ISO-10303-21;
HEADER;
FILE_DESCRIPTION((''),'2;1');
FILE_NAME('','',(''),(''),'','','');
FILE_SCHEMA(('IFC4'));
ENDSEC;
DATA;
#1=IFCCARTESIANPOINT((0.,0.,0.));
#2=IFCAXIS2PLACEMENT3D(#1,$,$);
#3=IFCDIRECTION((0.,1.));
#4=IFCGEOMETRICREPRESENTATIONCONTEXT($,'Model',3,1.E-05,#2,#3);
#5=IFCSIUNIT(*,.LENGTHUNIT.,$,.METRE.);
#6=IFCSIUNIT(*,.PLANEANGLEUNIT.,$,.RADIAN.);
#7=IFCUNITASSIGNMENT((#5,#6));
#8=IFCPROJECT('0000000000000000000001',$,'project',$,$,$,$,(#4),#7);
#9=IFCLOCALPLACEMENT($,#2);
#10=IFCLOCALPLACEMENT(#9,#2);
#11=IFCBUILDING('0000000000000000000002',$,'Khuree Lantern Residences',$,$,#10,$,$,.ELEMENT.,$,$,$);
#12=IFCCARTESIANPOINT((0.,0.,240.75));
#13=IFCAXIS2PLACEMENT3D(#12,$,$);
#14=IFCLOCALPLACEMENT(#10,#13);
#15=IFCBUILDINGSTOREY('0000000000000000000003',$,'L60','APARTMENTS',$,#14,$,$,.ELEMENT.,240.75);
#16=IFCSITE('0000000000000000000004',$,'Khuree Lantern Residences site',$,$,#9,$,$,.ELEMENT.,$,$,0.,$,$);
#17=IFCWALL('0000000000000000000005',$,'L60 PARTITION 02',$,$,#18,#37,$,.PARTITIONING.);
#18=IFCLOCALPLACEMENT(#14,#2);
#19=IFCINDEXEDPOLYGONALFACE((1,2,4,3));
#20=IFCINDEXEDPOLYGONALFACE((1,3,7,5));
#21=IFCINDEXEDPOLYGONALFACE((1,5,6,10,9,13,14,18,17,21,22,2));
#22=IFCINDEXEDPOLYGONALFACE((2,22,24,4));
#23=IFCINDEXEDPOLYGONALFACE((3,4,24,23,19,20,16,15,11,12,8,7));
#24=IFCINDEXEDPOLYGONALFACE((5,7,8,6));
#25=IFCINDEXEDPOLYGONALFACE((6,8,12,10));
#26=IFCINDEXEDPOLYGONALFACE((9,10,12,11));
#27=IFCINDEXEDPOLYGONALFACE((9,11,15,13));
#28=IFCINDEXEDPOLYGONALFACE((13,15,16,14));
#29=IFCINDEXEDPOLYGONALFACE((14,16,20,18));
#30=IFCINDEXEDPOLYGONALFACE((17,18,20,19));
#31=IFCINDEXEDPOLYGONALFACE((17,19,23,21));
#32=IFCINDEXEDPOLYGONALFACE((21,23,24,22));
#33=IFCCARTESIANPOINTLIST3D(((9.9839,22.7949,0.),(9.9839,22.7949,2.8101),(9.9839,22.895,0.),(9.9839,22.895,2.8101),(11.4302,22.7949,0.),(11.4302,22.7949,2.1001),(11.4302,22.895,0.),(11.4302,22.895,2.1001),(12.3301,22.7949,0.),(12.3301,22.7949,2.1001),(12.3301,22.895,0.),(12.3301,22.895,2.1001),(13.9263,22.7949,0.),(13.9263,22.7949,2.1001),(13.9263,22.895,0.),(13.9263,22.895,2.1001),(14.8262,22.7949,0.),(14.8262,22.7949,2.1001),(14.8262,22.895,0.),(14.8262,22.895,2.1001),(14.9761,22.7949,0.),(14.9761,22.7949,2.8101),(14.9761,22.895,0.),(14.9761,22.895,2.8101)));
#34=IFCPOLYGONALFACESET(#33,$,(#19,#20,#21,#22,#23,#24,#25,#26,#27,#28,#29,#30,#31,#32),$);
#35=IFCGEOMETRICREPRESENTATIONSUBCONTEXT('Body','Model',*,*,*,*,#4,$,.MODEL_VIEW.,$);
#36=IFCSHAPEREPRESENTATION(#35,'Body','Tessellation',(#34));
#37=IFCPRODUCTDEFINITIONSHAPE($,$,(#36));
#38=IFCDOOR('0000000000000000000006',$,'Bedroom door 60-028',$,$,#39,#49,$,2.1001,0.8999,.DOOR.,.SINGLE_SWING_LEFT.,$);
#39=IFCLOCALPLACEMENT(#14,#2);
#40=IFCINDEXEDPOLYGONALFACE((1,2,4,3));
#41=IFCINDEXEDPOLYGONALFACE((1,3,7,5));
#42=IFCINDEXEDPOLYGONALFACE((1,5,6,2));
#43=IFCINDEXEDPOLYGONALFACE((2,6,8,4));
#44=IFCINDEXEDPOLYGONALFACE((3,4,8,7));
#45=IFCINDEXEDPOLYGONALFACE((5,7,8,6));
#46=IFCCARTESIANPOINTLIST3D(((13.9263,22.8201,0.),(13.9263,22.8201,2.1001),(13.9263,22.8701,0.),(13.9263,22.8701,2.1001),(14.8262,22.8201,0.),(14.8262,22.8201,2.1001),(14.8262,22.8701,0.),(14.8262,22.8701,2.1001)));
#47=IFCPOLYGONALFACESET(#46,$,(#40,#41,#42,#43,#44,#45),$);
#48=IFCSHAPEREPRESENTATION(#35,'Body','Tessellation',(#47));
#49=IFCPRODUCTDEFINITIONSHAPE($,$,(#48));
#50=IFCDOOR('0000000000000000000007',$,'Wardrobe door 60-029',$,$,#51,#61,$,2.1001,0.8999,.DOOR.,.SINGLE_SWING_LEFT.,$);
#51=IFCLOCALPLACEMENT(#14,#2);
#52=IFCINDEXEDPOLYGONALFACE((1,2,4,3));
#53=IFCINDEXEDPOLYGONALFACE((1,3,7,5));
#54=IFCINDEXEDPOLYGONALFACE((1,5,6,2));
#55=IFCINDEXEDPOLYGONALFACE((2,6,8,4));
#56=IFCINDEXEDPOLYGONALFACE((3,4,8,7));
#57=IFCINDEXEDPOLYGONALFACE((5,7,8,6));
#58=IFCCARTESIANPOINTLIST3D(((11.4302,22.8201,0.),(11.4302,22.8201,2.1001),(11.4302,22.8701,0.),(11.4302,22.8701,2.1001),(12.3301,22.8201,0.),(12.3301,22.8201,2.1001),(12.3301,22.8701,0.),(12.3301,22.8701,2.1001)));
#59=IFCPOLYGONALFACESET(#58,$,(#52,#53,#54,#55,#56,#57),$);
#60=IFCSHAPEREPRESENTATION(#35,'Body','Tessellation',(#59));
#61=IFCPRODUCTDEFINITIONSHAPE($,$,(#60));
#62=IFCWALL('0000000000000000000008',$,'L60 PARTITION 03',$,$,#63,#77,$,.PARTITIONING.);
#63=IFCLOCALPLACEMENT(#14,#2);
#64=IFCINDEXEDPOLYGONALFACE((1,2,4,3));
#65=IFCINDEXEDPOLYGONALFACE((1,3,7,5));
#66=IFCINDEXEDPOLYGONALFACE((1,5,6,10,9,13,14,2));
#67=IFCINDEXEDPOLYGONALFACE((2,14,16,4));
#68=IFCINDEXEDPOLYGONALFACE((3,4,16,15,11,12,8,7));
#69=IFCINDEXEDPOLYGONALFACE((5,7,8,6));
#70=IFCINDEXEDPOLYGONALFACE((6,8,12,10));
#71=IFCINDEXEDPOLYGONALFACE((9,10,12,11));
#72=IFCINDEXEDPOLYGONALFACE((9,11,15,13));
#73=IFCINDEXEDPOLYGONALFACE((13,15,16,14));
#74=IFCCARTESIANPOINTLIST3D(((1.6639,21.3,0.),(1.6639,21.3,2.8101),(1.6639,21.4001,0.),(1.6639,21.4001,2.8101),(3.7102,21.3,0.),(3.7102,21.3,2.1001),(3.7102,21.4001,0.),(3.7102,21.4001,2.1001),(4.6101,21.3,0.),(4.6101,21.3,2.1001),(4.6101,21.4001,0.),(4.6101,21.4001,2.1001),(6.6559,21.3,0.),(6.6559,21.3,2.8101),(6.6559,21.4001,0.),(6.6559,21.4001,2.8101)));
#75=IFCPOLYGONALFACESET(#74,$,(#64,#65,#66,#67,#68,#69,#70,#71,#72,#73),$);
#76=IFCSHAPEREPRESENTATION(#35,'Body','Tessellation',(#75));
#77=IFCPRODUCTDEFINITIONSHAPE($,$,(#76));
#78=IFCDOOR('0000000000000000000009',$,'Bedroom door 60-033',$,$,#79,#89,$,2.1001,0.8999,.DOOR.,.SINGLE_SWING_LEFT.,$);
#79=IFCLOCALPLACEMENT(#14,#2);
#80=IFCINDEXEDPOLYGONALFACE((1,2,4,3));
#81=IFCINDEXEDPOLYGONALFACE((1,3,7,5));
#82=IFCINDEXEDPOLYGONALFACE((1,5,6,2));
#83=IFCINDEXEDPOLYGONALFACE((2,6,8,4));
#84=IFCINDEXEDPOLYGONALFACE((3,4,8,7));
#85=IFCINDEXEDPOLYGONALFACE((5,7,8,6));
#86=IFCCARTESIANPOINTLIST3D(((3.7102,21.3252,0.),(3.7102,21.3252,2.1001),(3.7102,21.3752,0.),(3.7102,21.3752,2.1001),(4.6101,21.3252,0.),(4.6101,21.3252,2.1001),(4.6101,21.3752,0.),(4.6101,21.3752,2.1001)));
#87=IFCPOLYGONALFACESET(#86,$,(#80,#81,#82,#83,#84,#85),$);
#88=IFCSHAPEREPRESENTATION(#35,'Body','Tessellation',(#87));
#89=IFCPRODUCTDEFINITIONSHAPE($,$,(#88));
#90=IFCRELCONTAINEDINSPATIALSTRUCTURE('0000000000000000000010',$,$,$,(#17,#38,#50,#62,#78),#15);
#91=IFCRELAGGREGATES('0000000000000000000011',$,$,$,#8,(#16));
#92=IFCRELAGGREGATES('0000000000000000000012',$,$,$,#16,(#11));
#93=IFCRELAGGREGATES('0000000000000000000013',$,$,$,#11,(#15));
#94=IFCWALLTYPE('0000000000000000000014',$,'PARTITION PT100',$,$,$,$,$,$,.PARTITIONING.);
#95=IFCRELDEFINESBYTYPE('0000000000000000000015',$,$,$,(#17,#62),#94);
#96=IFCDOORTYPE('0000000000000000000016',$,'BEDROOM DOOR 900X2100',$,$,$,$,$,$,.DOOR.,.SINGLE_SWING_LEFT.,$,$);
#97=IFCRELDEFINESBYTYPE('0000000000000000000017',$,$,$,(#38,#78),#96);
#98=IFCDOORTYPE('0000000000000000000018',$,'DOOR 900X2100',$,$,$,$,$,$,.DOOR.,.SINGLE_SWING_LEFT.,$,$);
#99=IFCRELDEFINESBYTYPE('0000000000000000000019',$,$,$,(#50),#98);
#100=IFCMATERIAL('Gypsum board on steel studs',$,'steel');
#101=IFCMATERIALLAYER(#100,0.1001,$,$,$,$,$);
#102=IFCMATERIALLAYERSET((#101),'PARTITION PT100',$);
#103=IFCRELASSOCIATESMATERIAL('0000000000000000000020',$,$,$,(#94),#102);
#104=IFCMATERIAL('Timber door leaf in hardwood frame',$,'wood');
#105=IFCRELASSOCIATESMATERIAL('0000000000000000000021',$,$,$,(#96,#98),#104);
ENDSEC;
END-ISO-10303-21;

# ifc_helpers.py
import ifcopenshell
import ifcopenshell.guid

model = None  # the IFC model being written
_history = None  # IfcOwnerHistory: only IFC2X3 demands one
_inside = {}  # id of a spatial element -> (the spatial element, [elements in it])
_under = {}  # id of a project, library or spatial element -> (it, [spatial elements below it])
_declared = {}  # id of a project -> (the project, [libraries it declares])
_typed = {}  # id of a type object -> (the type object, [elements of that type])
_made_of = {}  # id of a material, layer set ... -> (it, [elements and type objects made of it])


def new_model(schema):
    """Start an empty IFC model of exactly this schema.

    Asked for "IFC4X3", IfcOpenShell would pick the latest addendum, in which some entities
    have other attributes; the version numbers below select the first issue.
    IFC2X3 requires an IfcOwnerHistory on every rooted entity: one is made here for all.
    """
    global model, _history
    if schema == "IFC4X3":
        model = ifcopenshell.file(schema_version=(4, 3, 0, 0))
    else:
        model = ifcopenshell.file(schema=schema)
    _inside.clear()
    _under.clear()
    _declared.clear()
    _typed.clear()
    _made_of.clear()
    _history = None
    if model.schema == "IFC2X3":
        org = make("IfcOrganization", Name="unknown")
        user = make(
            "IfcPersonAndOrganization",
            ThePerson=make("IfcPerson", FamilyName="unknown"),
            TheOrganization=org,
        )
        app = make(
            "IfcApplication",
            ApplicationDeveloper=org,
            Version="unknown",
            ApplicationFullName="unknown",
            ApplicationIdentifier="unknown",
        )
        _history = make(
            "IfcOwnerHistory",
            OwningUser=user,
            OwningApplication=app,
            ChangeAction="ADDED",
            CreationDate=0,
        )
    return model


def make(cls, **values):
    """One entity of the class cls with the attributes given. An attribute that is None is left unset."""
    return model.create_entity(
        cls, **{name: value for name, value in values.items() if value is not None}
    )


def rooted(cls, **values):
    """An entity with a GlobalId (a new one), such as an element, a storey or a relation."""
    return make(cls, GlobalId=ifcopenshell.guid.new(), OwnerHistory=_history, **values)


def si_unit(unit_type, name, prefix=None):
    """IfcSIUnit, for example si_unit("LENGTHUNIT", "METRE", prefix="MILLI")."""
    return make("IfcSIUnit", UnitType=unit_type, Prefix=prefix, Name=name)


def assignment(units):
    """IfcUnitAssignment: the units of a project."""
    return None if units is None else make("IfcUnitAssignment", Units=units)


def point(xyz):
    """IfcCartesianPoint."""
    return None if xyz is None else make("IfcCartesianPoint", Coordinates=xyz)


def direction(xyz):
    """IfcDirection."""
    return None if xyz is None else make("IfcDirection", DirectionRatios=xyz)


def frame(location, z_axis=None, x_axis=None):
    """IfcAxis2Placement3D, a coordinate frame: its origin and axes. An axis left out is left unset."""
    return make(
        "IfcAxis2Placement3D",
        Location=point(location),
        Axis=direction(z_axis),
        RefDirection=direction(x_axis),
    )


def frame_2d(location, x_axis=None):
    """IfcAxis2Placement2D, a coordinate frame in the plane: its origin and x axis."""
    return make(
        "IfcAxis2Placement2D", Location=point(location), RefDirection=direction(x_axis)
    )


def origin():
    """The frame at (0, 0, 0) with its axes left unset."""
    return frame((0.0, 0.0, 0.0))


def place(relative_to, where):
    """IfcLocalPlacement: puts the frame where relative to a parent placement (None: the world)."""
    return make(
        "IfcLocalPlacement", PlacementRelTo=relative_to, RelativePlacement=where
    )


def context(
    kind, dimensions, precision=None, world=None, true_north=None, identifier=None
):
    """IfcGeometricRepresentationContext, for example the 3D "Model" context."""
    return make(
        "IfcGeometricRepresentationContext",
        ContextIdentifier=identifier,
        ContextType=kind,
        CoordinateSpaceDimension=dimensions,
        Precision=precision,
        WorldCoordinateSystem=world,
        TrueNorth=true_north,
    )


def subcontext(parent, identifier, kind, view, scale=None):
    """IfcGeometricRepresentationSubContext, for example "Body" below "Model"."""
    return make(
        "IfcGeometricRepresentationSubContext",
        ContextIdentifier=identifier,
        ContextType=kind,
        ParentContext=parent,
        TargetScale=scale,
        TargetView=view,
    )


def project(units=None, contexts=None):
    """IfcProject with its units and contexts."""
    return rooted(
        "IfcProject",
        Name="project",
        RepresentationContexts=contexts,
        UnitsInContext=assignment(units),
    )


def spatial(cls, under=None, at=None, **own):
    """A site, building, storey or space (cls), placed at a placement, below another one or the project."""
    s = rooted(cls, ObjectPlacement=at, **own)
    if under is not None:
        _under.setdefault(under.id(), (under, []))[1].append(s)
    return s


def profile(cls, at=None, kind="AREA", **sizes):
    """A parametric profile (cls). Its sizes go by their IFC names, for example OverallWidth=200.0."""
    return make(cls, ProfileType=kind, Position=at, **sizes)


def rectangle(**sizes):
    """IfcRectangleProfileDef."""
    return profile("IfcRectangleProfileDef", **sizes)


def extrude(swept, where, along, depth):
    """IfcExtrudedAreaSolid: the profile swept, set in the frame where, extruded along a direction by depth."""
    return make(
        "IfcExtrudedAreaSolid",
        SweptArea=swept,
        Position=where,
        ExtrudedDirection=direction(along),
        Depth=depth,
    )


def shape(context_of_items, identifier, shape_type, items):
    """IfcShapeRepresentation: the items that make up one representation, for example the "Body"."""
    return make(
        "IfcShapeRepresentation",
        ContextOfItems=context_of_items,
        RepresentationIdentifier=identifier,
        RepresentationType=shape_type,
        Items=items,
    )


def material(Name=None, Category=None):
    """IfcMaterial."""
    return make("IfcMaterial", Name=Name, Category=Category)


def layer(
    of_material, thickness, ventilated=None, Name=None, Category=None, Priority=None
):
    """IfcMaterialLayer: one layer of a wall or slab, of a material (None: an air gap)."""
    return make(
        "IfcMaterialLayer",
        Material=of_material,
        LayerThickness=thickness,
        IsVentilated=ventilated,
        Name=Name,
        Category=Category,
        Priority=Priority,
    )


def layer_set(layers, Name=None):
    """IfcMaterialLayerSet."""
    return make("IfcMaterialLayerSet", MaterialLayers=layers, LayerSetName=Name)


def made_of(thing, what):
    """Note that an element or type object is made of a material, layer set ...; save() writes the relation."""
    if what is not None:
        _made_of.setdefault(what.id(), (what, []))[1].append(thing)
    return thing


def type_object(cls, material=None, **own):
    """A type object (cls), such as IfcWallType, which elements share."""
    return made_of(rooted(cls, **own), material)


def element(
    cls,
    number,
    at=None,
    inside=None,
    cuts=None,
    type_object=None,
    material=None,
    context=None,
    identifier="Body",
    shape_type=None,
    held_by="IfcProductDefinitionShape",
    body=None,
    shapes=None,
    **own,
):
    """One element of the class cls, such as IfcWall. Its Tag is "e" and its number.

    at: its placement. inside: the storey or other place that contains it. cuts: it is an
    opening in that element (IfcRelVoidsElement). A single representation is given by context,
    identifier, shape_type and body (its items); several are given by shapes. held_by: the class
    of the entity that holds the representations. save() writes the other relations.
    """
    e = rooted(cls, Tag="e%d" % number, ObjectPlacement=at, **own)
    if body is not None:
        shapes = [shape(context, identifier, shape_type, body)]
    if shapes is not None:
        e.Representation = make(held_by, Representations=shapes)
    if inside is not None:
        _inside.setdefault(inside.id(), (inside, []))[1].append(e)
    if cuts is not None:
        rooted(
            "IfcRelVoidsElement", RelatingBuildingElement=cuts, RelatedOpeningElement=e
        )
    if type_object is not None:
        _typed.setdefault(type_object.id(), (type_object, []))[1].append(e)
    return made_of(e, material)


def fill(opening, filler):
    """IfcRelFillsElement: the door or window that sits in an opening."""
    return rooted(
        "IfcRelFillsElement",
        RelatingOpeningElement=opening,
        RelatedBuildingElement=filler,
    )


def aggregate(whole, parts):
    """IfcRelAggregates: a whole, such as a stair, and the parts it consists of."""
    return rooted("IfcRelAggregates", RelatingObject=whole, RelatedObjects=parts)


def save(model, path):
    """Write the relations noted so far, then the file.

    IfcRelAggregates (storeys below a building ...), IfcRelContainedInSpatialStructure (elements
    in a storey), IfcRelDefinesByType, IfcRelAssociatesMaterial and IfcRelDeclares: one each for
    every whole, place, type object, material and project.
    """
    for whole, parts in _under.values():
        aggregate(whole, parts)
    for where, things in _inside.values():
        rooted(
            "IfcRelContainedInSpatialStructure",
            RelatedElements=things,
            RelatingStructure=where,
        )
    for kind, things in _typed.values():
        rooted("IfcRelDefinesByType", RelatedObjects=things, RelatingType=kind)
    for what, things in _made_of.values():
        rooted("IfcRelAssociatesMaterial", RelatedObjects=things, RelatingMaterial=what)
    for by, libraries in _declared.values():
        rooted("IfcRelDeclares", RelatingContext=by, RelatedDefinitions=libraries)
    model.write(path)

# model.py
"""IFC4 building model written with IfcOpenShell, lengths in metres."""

from ifc_helpers import new_model, si_unit, direction, frame, frame_2d, origin, place, context, subcontext, project, spatial, rectangle, extrude, material, layer, layer_set, type_object, element, fill, save


model = new_model("IFC4")

# Units and contexts
model_context = context("Model", 3, precision=1e-05, world=origin(), true_north=direction((0.0, 1.0)))
body_context = subcontext(model_context, "Body", "Model", "MODEL_VIEW")
ifc_project = project(units=[si_unit("LENGTHUNIT", "METRE"), si_unit("PLANEANGLEUNIT", "RADIAN")], contexts=[model_context])

# Site, building, storey
site_placement = place(None, origin())
site = spatial("IfcSite", under=ifc_project, at=site_placement, Name="Khuree Lantern Residences site", CompositionType="ELEMENT", RefElevation=0.0)
building_placement = place(site_placement, origin())
building = spatial("IfcBuilding", under=site, at=building_placement, Name="Khuree Lantern Residences", CompositionType="ELEMENT")
storey_placement = place(building_placement, frame((0.0, 0.0, 240.75)))
storey = spatial("IfcBuildingStorey", under=building, at=storey_placement, Name="L60", Description="APARTMENTS", CompositionType="ELEMENT", Elevation=240.75)

# Shared definitions
ifc_material_1 = material(Name="Gypsum board on steel studs", Category="steel")
ifc_layer_1 = layer(ifc_material_1, 0.1001)
ifc_layer_set_1 = layer_set([ifc_layer_1], Name="PARTITION PT100")
wall_type = type_object("IfcWallType", Name="PARTITION PT100", PredefinedType="PARTITIONING", material=ifc_layer_set_1)

# Wall, openings, doors
wall_1_placement = place(storey_placement, frame((14.9761, 22.845, 0.0), z_axis=(0.0, 0.0, 1.0), x_axis=(-1.0, 0.0, 0.0)))
wall_1 = element("IfcWall", 1, at=wall_1_placement, inside=storey, type_object=wall_type, Name="L60 PARTITION 02", PredefinedType="PARTITIONING", context=body_context, shape_type="SweptSolid", body=[
    extrude(rectangle(XDim=4.9922, YDim=0.1001, at=frame_2d((2.4961, 0.0))), origin(), (0.0, 0.0, 1.0), 2.8101),
])
opening_1_placement = place(wall_1_placement, frame((0.1499, 0.0, 0.0)))
opening_1 = element("IfcOpeningElement", 2, at=opening_1_placement, cuts=wall_1, PredefinedType="OPENING", context=body_context, shape_type="SweptSolid", body=[
    extrude(rectangle(XDim=0.8999, YDim=2.1001, at=frame_2d((0.45, 1.05))), frame((0.0, 0.0601, 0.0), z_axis=(0.0, -1.0, 0.0), x_axis=(1.0, 0.0, 0.0)), (0.0, 0.0, 1.0), 0.1201),
])
opening_2_placement = place(wall_1_placement, frame((2.646, 0.0, 0.0)))
opening_2 = element("IfcOpeningElement", 3, at=opening_2_placement, cuts=wall_1, PredefinedType="OPENING", context=body_context, shape_type="SweptSolid", body=[
    extrude(rectangle(XDim=0.8999, YDim=2.1001, at=frame_2d((0.45, 1.05))), frame((0.0, 0.0601, 0.0), z_axis=(0.0, -1.0, 0.0), x_axis=(1.0, 0.0, 0.0)), (0.0, 0.0, 1.0), 0.1201),
])
ifc_material_2 = material(Name="Timber door leaf in hardwood frame", Category="wood")
door_type_1 = type_object("IfcDoorType", Name="BEDROOM DOOR 900X2100", OperationType="SINGLE_SWING_LEFT", PredefinedType="DOOR", material=ifc_material_2)
door_1_placement = place(opening_1_placement, origin())
door_1 = element("IfcDoor", 4, at=door_1_placement, inside=storey, type_object=door_type_1, Name="Bedroom door 60-028", OperationType="SINGLE_SWING_LEFT", OverallHeight=2.1001, OverallWidth=0.8999, PredefinedType="DOOR", context=body_context, shape_type="SweptSolid", body=[
    extrude(rectangle(XDim=0.8999, YDim=2.1001, at=frame_2d((0.45, 1.05))), frame((0.0, 0.0249, 0.0), z_axis=(0.0, -1.0, 0.0), x_axis=(1.0, 0.0, 0.0)), (0.0, 0.0, 1.0), 0.05),
])
fill(opening_1, door_1)
door_type_2 = type_object("IfcDoorType", Name="DOOR 900X2100", OperationType="SINGLE_SWING_LEFT", PredefinedType="DOOR", material=ifc_material_2)
door_2_placement = place(opening_2_placement, origin())
door_2 = element("IfcDoor", 5, at=door_2_placement, inside=storey, type_object=door_type_2, Name="Wardrobe door 60-029", OperationType="SINGLE_SWING_LEFT", OverallHeight=2.1001, OverallWidth=0.8999, PredefinedType="DOOR", context=body_context, shape_type="SweptSolid", body=[
    extrude(rectangle(XDim=0.8999, YDim=2.1001, at=frame_2d((0.45, 1.05))), frame((0.0, 0.0249, 0.0), z_axis=(0.0, -1.0, 0.0), x_axis=(1.0, 0.0, 0.0)), (0.0, 0.0, 1.0), 0.05),
])
fill(opening_2, door_2)

# Wall, opening, door
wall_2_placement = place(storey_placement, frame((6.656, 21.3501, 0.0), z_axis=(0.0, 0.0, 1.0), x_axis=(-1.0, 0.0, 0.0)))
wall_2 = element("IfcWall", 6, at=wall_2_placement, inside=storey, type_object=wall_type, Name="L60 PARTITION 03", PredefinedType="PARTITIONING", context=body_context, shape_type="SweptSolid", body=[
    extrude(rectangle(XDim=4.9919, YDim=0.1001, at=frame_2d((2.4961, 0.0))), origin(), (0.0, 0.0, 1.0), 2.8101),
])
opening_3_placement = place(wall_2_placement, frame((2.0459, 0.0, 0.0)))
opening_3 = element("IfcOpeningElement", 7, at=opening_3_placement, cuts=wall_2, PredefinedType="OPENING", context=body_context, shape_type="SweptSolid", body=[
    extrude(rectangle(XDim=0.8999, YDim=2.1001, at=frame_2d((0.45, 1.05))), frame((0.0, 0.0601, 0.0), z_axis=(0.0, -1.0, 0.0), x_axis=(1.0, 0.0, 0.0)), (0.0, 0.0, 1.0), 0.1201),
])
door_3_placement = place(opening_3_placement, origin())
door_3 = element("IfcDoor", 8, at=door_3_placement, inside=storey, type_object=door_type_1, Name="Bedroom door 60-033", OperationType="SINGLE_SWING_LEFT", OverallHeight=2.1001, OverallWidth=0.8999, PredefinedType="DOOR", context=body_context, shape_type="SweptSolid", body=[
    extrude(rectangle(XDim=0.8999, YDim=2.1001, at=frame_2d((0.45, 1.05))), frame((0.0, 0.0249, 0.0), z_axis=(0.0, -1.0, 0.0), x_axis=(1.0, 0.0, 0.0)), (0.0, 0.0, 1.0), 0.05),
])
fill(opening_3, door_3)

save(model, "model.ifc")
